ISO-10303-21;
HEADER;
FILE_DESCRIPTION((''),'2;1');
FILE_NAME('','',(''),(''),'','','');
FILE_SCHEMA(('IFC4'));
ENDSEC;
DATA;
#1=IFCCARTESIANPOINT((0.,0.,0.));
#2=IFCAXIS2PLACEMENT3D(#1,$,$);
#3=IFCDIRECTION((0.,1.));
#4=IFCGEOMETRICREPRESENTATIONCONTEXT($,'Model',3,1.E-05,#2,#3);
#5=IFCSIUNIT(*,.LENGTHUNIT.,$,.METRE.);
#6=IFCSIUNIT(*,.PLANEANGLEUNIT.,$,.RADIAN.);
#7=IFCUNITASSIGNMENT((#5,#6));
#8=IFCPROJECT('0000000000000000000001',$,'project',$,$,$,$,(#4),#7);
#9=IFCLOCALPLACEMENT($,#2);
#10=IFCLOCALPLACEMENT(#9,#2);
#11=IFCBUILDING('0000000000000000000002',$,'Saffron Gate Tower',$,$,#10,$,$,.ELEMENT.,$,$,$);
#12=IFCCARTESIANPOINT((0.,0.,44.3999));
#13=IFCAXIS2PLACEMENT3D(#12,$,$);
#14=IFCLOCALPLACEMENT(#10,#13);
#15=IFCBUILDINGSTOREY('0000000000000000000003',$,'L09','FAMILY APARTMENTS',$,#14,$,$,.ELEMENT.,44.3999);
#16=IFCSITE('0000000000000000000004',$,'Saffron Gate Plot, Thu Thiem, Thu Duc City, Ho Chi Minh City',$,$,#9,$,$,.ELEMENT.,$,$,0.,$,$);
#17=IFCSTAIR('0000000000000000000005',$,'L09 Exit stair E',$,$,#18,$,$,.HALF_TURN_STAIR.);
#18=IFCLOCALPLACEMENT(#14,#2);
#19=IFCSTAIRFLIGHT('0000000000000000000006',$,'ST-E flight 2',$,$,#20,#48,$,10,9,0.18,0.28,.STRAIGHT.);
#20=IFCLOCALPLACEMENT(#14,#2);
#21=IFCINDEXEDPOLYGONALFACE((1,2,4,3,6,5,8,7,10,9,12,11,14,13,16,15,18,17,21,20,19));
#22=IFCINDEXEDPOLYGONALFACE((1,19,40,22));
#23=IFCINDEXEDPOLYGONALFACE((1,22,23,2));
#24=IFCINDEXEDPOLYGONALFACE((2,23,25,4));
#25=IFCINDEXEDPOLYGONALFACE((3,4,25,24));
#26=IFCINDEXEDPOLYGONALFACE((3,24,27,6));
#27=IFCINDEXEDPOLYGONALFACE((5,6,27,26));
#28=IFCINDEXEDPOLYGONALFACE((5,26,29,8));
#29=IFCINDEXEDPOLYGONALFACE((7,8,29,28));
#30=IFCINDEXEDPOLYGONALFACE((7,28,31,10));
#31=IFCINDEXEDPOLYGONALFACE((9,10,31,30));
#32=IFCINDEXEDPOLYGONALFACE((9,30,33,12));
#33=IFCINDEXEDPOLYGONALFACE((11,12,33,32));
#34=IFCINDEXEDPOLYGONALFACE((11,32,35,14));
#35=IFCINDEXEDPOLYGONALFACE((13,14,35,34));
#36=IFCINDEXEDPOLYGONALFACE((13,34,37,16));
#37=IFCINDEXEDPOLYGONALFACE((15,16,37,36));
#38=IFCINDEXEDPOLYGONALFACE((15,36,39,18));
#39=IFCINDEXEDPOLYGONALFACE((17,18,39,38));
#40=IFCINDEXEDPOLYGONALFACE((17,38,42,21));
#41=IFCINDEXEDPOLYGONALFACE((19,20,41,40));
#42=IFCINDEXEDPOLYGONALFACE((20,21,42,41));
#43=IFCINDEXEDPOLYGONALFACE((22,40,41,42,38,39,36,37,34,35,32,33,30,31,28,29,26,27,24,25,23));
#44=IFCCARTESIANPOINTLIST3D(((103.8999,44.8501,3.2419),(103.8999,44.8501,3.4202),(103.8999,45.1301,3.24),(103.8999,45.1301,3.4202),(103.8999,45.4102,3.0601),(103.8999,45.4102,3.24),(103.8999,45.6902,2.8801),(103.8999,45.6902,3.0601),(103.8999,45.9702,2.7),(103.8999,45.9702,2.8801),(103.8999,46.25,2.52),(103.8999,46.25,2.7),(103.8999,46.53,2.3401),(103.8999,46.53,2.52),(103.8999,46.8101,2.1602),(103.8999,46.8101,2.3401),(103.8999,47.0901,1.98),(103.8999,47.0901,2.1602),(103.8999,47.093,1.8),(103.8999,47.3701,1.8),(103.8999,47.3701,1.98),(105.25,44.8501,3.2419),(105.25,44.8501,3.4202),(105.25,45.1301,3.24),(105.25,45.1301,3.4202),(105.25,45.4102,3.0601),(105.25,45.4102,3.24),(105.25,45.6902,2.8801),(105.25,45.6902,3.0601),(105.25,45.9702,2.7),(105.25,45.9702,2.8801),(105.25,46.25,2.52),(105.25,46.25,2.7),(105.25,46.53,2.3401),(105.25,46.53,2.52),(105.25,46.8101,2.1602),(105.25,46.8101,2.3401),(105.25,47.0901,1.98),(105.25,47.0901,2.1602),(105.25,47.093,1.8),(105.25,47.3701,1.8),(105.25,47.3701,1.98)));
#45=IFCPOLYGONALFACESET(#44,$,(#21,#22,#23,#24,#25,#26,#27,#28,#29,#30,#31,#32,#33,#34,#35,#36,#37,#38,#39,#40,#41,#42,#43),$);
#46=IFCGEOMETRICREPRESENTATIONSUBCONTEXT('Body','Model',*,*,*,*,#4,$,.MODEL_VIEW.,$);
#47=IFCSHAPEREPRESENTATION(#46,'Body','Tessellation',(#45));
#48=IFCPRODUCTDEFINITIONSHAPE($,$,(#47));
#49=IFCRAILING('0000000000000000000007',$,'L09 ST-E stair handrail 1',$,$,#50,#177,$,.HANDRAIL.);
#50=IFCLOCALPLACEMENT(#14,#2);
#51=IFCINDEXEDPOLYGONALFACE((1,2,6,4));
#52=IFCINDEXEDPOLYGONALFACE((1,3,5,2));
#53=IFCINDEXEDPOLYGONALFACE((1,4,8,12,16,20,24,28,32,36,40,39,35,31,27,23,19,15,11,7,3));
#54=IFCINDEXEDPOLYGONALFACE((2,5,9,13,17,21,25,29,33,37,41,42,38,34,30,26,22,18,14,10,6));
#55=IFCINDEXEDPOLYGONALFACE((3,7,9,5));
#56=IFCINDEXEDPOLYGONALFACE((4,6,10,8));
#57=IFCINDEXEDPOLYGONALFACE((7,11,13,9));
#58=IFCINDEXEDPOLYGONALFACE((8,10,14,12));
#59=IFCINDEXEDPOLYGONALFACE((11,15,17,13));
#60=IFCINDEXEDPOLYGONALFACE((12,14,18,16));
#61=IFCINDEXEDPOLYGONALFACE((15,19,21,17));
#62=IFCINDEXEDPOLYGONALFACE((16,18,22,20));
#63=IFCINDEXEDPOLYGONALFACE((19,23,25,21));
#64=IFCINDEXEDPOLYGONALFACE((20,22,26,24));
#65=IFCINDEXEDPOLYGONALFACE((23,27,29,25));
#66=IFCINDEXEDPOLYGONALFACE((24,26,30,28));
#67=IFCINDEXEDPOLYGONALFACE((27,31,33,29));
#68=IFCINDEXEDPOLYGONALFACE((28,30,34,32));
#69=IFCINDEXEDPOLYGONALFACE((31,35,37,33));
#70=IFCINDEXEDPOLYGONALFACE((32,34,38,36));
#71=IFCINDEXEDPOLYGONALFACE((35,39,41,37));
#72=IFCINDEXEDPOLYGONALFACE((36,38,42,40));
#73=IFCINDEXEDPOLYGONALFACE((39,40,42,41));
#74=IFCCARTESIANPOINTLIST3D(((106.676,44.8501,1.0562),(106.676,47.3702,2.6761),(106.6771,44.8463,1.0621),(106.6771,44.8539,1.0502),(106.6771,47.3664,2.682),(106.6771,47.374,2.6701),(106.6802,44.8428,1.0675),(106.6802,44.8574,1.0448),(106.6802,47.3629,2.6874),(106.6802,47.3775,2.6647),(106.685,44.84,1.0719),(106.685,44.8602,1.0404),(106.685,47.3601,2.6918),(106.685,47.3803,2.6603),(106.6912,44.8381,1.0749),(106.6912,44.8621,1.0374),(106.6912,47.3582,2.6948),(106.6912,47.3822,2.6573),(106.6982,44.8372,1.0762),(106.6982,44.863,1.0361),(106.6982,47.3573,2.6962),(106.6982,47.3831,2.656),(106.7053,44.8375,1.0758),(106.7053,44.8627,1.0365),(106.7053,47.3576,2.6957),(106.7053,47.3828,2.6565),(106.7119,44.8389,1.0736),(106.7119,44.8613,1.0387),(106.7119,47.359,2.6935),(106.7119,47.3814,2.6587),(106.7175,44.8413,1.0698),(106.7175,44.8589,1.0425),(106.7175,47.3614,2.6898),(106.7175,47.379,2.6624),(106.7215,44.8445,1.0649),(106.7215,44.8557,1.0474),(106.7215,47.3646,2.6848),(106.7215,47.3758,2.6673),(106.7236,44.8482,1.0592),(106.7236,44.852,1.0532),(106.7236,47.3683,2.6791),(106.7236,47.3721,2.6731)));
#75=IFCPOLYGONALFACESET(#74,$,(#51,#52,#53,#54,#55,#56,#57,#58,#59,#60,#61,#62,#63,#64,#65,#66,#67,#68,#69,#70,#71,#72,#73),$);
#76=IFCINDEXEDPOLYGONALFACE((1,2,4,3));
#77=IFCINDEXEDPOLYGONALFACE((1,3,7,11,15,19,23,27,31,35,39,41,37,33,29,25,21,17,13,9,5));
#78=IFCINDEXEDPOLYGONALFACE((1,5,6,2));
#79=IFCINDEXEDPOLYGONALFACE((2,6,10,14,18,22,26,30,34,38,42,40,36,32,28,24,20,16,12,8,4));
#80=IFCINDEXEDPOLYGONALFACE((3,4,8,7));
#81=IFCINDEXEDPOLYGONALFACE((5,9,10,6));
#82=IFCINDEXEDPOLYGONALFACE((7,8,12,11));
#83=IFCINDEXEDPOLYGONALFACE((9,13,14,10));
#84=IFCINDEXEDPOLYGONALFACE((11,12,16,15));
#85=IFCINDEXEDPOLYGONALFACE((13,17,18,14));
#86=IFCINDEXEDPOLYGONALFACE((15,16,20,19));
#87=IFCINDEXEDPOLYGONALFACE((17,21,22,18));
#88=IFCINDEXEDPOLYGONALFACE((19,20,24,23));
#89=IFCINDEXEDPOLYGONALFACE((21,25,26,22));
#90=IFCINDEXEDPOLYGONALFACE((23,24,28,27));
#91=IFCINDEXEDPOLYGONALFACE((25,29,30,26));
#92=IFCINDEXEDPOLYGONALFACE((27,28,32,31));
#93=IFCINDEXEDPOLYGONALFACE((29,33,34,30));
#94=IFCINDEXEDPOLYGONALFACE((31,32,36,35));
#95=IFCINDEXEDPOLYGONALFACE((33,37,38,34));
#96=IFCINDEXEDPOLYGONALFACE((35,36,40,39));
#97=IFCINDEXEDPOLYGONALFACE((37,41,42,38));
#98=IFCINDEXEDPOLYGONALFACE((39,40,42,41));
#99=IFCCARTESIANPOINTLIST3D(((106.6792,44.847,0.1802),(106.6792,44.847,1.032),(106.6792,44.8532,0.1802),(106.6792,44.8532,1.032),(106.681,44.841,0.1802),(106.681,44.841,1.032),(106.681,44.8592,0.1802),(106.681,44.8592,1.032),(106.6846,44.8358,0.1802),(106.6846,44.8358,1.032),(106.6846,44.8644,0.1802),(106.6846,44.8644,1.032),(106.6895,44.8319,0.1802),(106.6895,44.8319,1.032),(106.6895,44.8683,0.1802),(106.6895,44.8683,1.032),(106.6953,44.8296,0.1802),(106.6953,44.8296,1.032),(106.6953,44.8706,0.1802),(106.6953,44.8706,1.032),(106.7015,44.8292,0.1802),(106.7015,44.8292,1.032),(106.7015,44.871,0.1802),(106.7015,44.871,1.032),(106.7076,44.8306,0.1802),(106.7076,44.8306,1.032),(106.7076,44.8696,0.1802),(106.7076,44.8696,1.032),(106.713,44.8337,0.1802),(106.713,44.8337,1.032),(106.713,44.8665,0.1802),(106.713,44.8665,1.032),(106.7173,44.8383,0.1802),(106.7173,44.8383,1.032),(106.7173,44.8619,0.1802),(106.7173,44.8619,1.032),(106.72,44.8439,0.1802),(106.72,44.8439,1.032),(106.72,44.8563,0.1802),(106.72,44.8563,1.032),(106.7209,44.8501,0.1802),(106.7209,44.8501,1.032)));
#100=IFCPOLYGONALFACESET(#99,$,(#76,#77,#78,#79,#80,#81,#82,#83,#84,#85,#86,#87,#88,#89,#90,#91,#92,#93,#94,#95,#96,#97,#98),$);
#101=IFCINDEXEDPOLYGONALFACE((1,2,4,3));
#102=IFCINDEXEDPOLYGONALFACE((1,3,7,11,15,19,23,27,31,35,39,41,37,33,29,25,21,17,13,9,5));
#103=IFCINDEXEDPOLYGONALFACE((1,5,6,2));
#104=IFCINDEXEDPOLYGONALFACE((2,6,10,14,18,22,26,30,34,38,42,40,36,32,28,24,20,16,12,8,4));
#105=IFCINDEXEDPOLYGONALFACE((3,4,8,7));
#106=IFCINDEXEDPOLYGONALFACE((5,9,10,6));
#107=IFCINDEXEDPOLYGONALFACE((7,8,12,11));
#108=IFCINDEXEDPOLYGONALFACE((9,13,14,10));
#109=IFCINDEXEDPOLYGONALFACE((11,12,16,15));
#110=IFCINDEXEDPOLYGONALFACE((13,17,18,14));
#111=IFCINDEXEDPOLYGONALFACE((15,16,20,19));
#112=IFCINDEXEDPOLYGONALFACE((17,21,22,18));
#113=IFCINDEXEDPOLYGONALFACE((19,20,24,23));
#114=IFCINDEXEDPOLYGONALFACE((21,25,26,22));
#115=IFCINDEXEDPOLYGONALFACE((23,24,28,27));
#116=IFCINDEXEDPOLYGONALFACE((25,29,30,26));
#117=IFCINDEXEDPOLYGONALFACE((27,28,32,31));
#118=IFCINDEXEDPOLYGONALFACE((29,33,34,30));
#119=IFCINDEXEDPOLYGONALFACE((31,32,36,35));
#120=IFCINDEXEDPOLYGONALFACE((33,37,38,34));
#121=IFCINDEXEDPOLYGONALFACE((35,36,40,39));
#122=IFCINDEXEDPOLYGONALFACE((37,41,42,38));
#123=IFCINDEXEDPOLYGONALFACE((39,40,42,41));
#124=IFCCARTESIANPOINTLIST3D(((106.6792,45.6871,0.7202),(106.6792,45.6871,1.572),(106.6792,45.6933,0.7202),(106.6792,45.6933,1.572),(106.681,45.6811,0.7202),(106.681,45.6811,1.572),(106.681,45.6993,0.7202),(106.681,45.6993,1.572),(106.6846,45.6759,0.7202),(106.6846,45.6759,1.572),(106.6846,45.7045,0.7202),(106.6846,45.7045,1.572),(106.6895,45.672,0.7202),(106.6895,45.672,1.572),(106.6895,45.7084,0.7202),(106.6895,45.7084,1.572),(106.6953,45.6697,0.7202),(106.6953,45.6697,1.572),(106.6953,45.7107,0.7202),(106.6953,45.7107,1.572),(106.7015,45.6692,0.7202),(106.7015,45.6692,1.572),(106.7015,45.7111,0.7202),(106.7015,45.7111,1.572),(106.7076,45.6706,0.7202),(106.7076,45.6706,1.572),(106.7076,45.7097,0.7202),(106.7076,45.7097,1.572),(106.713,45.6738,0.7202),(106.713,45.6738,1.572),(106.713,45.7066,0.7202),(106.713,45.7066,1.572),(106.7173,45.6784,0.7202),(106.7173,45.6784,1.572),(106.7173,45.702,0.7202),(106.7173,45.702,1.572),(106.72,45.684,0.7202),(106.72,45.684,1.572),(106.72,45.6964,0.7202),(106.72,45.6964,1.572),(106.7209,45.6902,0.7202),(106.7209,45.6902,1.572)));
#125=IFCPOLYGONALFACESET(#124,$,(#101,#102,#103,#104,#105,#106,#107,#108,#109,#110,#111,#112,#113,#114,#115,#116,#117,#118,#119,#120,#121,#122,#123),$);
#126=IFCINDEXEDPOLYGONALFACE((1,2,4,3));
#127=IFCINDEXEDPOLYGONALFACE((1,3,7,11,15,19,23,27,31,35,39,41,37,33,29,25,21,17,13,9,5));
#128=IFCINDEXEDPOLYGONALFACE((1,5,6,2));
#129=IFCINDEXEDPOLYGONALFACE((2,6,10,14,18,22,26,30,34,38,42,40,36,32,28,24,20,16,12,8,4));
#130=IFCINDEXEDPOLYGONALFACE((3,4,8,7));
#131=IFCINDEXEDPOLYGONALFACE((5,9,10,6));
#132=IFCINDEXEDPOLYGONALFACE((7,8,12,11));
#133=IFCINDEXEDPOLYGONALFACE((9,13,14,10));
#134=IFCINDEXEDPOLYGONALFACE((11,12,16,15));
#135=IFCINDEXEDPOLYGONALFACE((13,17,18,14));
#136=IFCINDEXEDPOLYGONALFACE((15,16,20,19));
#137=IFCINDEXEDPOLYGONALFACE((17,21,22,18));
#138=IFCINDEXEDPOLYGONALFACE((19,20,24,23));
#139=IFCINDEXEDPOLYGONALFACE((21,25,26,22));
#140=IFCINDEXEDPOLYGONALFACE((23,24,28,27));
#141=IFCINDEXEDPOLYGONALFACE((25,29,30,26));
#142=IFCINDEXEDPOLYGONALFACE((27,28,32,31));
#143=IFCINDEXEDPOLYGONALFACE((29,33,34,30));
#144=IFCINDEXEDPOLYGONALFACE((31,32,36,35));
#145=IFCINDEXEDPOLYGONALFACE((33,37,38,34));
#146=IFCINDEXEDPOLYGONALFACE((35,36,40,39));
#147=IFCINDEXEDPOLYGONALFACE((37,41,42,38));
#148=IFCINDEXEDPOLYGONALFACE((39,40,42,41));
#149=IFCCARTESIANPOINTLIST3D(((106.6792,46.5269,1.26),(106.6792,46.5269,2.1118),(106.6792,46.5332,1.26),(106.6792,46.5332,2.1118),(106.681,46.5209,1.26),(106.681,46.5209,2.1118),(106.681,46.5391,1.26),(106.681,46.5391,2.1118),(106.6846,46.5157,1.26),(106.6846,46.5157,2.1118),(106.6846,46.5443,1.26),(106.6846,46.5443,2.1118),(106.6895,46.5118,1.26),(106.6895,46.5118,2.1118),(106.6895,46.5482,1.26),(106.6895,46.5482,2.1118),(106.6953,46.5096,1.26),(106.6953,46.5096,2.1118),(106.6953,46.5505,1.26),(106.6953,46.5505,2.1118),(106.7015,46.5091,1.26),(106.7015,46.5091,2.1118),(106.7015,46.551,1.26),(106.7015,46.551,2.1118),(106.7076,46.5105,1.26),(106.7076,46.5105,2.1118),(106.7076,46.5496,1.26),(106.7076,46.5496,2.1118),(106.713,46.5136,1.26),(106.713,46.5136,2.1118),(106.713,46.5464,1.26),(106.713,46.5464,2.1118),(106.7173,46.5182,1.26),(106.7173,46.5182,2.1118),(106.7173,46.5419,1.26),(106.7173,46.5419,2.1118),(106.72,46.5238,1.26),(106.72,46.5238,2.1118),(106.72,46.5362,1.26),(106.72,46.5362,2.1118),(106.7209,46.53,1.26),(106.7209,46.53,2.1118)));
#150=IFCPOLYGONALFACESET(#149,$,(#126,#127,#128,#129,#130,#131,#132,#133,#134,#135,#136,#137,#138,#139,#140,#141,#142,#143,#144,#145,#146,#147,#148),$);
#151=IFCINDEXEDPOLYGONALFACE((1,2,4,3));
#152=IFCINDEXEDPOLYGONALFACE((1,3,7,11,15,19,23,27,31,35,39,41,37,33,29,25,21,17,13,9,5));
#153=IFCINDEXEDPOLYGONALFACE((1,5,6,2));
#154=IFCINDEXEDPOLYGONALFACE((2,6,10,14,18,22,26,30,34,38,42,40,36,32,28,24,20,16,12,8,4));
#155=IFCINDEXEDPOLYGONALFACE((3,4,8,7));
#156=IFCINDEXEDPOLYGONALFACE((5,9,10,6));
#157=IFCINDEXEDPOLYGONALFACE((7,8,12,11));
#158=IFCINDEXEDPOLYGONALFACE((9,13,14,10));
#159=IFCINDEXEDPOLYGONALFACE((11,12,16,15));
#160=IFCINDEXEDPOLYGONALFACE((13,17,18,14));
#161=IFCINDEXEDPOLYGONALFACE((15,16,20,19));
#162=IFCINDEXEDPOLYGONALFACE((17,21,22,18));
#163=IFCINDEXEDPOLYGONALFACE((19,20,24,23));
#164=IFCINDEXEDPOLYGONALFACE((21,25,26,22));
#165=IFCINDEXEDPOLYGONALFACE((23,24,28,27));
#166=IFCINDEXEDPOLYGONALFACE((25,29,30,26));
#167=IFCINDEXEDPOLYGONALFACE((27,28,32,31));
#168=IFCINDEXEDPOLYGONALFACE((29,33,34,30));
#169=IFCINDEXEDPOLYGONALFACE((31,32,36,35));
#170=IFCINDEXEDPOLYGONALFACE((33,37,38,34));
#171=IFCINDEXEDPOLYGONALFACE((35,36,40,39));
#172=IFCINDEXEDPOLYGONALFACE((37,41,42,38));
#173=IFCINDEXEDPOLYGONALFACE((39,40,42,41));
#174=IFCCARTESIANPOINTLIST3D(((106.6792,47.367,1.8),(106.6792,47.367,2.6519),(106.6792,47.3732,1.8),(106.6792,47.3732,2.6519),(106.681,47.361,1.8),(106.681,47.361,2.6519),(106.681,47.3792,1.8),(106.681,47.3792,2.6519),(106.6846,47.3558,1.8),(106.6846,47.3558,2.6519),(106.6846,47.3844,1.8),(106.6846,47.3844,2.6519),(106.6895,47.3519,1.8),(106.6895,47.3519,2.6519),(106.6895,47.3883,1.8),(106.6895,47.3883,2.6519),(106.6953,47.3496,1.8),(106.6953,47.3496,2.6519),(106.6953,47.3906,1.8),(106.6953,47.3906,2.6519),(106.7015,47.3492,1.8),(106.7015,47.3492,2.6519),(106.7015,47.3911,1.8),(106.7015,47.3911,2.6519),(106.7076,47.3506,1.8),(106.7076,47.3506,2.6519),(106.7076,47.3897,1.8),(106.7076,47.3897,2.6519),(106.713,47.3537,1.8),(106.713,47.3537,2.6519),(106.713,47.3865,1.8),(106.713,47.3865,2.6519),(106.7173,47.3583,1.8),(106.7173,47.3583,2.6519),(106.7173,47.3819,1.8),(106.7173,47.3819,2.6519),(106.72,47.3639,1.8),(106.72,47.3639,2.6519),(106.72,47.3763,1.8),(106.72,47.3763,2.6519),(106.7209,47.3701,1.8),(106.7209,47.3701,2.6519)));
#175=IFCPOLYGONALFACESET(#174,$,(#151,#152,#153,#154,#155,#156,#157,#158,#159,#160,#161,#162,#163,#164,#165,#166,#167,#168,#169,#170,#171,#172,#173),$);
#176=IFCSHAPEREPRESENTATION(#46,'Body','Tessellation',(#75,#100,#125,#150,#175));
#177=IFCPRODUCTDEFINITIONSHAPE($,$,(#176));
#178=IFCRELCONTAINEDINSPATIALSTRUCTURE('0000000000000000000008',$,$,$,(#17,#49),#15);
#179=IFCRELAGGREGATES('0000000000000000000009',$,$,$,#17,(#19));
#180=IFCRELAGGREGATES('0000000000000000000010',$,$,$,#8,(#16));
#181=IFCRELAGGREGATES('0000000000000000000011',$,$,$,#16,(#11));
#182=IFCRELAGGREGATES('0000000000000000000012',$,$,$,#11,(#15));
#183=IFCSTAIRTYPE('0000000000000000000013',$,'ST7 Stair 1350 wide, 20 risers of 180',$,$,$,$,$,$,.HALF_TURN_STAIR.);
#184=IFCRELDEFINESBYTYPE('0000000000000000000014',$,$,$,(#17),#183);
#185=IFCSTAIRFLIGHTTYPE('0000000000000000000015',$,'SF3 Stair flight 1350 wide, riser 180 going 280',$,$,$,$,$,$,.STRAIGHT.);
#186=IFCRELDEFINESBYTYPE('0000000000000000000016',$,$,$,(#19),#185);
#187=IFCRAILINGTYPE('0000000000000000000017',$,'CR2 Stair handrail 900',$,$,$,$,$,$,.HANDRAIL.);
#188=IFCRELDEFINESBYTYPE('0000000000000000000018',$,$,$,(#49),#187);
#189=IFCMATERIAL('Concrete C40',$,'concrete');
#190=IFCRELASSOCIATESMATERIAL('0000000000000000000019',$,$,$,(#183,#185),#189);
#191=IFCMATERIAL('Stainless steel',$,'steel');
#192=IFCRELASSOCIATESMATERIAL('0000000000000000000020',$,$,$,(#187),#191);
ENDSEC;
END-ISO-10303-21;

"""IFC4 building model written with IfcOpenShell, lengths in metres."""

from ifc_helpers import new_model, si_unit, direction, frame, origin, origin_2d, place, context, subcontext, project, spatial, polyline, circle, outline, extrude, material, type_object, element, aggregate, save


model = new_model("IFC4")

# Units and contexts
model_context = context("Model", 3, precision=1e-05, world=origin(), true_north=direction((0.0, 1.0)))
body_context = subcontext(model_context, "Body", "Model", "MODEL_VIEW")
ifc_project = project(units=[si_unit("LENGTHUNIT", "METRE"), si_unit("PLANEANGLEUNIT", "RADIAN")], contexts=[model_context])

# Site, building, storey
site_placement = place(None, origin())
site = spatial("IfcSite", under=ifc_project, at=site_placement, Name="Saffron Gate Plot, Thu Thiem, Thu Duc City, Ho Chi Minh City", CompositionType="ELEMENT", RefElevation=0.0)
building_placement = place(site_placement, origin())
building = spatial("IfcBuilding", under=site, at=building_placement, Name="Saffron Gate Tower", CompositionType="ELEMENT")
storey_placement = place(building_placement, frame((0.0, 0.0, 44.3999)))
storey = spatial("IfcBuildingStorey", under=building, at=storey_placement, Name="L09", Description="FAMILY APARTMENTS", CompositionType="ELEMENT", Elevation=44.3999)

# Stair, stair flight
ifc_material_1 = material(Name="Concrete C40", Category="concrete")
stair_type = type_object("IfcStairType", Name="ST7 Stair 1350 wide, 20 risers of 180", PredefinedType="HALF_TURN_STAIR", material=ifc_material_1)
stair_placement = place(storey_placement, origin())
stair = element("IfcStair", 1, at=stair_placement, inside=storey, type_object=stair_type, Name="L09 Exit stair E", PredefinedType="HALF_TURN_STAIR")
stair_flight_type = type_object("IfcStairFlightType", Name="SF3 Stair flight 1350 wide, riser 180 going 280", PredefinedType="STRAIGHT", material=ifc_material_1)
stair_flight_1_placement = place(storey_placement, frame((104.575, 47.3701, 1.8), z_axis=(0.0, 0.0, 1.0), x_axis=(0.0, -1.0, 0.0)))
stair_flight_1 = element("IfcStairFlight", 2, at=stair_flight_1_placement, type_object=stair_flight_type, Name="ST-E flight 2", NumberOfRisers=10, NumberOfTreads=9, PredefinedType="STRAIGHT", RiserHeight=0.18, TreadLength=0.28, context=body_context, shape_type="SweptSolid", body=[
    extrude(outline(polyline([(0.0, 0.0), (0.0, 0.1799), (0.28, 0.1799), (0.28, 0.3601), (0.5601, 0.3601), (0.5601, 0.54), (0.8401, 0.54), (0.8401, 0.72), (1.1201, 0.72), (1.1201, 0.8999), (1.3999, 0.8999), (1.3999, 1.0801), (1.6799, 1.0801), (1.6799, 1.26), (1.96, 1.26), (1.96, 1.4399), (2.24, 1.4399), (2.24, 1.6201), (2.52, 1.6201), (2.52, 1.8), (2.52, 1.4419), (0.2771, 0.0), (0.0, 0.0)])), frame((0.0, 0.675, 0.0), z_axis=(0.0, -1.0, 0.0), x_axis=(1.0, 0.0, 0.0)), (0.0, 0.0, 1.0), 1.3501),
])
aggregate(stair, [stair_flight_1])

# Railing
ifc_material_2 = material(Name="Stainless steel", Category="steel")
railing_type_1 = type_object("IfcRailingType", Name="CR2 Stair handrail 900", PredefinedType="HANDRAIL", material=ifc_material_2)
railing_1_placement = place(storey_placement, frame((106.7, 44.8501, 0.1802)))
element("IfcRailing", 3, at=railing_1_placement, inside=storey, type_object=railing_type_1, Name="L09 ST-E stair handrail 1", PredefinedType="HANDRAIL", context=body_context, shape_type="SweptSolid", body=[
    extrude(circle(Radius=0.0239, at=origin_2d()), frame((0.0, 0.0, 0.876), z_axis=(0.0, 0.8412, 0.540725), x_axis=(-1.0, 0.0, 0.0)), (0.0, 0.0, 1.0), 2.9958),
    extrude(circle(Radius=0.021, at=origin_2d()), origin(), (0.0, 0.0, 1.0), 0.8518),
    extrude(circle(Radius=0.021, at=origin_2d()), frame((0.0, 0.8401, 0.54)), (0.0, 0.0, 1.0), 0.8518),
    extrude(circle(Radius=0.021, at=origin_2d()), frame((0.0, 1.6799, 1.0798)), (0.0, 0.0, 1.0), 0.8518),
    extrude(circle(Radius=0.021, at=origin_2d()), frame((0.0, 2.52, 1.6199)), (0.0, 0.0, 1.0), 0.8518),
])

save(model, "model.ifc")
